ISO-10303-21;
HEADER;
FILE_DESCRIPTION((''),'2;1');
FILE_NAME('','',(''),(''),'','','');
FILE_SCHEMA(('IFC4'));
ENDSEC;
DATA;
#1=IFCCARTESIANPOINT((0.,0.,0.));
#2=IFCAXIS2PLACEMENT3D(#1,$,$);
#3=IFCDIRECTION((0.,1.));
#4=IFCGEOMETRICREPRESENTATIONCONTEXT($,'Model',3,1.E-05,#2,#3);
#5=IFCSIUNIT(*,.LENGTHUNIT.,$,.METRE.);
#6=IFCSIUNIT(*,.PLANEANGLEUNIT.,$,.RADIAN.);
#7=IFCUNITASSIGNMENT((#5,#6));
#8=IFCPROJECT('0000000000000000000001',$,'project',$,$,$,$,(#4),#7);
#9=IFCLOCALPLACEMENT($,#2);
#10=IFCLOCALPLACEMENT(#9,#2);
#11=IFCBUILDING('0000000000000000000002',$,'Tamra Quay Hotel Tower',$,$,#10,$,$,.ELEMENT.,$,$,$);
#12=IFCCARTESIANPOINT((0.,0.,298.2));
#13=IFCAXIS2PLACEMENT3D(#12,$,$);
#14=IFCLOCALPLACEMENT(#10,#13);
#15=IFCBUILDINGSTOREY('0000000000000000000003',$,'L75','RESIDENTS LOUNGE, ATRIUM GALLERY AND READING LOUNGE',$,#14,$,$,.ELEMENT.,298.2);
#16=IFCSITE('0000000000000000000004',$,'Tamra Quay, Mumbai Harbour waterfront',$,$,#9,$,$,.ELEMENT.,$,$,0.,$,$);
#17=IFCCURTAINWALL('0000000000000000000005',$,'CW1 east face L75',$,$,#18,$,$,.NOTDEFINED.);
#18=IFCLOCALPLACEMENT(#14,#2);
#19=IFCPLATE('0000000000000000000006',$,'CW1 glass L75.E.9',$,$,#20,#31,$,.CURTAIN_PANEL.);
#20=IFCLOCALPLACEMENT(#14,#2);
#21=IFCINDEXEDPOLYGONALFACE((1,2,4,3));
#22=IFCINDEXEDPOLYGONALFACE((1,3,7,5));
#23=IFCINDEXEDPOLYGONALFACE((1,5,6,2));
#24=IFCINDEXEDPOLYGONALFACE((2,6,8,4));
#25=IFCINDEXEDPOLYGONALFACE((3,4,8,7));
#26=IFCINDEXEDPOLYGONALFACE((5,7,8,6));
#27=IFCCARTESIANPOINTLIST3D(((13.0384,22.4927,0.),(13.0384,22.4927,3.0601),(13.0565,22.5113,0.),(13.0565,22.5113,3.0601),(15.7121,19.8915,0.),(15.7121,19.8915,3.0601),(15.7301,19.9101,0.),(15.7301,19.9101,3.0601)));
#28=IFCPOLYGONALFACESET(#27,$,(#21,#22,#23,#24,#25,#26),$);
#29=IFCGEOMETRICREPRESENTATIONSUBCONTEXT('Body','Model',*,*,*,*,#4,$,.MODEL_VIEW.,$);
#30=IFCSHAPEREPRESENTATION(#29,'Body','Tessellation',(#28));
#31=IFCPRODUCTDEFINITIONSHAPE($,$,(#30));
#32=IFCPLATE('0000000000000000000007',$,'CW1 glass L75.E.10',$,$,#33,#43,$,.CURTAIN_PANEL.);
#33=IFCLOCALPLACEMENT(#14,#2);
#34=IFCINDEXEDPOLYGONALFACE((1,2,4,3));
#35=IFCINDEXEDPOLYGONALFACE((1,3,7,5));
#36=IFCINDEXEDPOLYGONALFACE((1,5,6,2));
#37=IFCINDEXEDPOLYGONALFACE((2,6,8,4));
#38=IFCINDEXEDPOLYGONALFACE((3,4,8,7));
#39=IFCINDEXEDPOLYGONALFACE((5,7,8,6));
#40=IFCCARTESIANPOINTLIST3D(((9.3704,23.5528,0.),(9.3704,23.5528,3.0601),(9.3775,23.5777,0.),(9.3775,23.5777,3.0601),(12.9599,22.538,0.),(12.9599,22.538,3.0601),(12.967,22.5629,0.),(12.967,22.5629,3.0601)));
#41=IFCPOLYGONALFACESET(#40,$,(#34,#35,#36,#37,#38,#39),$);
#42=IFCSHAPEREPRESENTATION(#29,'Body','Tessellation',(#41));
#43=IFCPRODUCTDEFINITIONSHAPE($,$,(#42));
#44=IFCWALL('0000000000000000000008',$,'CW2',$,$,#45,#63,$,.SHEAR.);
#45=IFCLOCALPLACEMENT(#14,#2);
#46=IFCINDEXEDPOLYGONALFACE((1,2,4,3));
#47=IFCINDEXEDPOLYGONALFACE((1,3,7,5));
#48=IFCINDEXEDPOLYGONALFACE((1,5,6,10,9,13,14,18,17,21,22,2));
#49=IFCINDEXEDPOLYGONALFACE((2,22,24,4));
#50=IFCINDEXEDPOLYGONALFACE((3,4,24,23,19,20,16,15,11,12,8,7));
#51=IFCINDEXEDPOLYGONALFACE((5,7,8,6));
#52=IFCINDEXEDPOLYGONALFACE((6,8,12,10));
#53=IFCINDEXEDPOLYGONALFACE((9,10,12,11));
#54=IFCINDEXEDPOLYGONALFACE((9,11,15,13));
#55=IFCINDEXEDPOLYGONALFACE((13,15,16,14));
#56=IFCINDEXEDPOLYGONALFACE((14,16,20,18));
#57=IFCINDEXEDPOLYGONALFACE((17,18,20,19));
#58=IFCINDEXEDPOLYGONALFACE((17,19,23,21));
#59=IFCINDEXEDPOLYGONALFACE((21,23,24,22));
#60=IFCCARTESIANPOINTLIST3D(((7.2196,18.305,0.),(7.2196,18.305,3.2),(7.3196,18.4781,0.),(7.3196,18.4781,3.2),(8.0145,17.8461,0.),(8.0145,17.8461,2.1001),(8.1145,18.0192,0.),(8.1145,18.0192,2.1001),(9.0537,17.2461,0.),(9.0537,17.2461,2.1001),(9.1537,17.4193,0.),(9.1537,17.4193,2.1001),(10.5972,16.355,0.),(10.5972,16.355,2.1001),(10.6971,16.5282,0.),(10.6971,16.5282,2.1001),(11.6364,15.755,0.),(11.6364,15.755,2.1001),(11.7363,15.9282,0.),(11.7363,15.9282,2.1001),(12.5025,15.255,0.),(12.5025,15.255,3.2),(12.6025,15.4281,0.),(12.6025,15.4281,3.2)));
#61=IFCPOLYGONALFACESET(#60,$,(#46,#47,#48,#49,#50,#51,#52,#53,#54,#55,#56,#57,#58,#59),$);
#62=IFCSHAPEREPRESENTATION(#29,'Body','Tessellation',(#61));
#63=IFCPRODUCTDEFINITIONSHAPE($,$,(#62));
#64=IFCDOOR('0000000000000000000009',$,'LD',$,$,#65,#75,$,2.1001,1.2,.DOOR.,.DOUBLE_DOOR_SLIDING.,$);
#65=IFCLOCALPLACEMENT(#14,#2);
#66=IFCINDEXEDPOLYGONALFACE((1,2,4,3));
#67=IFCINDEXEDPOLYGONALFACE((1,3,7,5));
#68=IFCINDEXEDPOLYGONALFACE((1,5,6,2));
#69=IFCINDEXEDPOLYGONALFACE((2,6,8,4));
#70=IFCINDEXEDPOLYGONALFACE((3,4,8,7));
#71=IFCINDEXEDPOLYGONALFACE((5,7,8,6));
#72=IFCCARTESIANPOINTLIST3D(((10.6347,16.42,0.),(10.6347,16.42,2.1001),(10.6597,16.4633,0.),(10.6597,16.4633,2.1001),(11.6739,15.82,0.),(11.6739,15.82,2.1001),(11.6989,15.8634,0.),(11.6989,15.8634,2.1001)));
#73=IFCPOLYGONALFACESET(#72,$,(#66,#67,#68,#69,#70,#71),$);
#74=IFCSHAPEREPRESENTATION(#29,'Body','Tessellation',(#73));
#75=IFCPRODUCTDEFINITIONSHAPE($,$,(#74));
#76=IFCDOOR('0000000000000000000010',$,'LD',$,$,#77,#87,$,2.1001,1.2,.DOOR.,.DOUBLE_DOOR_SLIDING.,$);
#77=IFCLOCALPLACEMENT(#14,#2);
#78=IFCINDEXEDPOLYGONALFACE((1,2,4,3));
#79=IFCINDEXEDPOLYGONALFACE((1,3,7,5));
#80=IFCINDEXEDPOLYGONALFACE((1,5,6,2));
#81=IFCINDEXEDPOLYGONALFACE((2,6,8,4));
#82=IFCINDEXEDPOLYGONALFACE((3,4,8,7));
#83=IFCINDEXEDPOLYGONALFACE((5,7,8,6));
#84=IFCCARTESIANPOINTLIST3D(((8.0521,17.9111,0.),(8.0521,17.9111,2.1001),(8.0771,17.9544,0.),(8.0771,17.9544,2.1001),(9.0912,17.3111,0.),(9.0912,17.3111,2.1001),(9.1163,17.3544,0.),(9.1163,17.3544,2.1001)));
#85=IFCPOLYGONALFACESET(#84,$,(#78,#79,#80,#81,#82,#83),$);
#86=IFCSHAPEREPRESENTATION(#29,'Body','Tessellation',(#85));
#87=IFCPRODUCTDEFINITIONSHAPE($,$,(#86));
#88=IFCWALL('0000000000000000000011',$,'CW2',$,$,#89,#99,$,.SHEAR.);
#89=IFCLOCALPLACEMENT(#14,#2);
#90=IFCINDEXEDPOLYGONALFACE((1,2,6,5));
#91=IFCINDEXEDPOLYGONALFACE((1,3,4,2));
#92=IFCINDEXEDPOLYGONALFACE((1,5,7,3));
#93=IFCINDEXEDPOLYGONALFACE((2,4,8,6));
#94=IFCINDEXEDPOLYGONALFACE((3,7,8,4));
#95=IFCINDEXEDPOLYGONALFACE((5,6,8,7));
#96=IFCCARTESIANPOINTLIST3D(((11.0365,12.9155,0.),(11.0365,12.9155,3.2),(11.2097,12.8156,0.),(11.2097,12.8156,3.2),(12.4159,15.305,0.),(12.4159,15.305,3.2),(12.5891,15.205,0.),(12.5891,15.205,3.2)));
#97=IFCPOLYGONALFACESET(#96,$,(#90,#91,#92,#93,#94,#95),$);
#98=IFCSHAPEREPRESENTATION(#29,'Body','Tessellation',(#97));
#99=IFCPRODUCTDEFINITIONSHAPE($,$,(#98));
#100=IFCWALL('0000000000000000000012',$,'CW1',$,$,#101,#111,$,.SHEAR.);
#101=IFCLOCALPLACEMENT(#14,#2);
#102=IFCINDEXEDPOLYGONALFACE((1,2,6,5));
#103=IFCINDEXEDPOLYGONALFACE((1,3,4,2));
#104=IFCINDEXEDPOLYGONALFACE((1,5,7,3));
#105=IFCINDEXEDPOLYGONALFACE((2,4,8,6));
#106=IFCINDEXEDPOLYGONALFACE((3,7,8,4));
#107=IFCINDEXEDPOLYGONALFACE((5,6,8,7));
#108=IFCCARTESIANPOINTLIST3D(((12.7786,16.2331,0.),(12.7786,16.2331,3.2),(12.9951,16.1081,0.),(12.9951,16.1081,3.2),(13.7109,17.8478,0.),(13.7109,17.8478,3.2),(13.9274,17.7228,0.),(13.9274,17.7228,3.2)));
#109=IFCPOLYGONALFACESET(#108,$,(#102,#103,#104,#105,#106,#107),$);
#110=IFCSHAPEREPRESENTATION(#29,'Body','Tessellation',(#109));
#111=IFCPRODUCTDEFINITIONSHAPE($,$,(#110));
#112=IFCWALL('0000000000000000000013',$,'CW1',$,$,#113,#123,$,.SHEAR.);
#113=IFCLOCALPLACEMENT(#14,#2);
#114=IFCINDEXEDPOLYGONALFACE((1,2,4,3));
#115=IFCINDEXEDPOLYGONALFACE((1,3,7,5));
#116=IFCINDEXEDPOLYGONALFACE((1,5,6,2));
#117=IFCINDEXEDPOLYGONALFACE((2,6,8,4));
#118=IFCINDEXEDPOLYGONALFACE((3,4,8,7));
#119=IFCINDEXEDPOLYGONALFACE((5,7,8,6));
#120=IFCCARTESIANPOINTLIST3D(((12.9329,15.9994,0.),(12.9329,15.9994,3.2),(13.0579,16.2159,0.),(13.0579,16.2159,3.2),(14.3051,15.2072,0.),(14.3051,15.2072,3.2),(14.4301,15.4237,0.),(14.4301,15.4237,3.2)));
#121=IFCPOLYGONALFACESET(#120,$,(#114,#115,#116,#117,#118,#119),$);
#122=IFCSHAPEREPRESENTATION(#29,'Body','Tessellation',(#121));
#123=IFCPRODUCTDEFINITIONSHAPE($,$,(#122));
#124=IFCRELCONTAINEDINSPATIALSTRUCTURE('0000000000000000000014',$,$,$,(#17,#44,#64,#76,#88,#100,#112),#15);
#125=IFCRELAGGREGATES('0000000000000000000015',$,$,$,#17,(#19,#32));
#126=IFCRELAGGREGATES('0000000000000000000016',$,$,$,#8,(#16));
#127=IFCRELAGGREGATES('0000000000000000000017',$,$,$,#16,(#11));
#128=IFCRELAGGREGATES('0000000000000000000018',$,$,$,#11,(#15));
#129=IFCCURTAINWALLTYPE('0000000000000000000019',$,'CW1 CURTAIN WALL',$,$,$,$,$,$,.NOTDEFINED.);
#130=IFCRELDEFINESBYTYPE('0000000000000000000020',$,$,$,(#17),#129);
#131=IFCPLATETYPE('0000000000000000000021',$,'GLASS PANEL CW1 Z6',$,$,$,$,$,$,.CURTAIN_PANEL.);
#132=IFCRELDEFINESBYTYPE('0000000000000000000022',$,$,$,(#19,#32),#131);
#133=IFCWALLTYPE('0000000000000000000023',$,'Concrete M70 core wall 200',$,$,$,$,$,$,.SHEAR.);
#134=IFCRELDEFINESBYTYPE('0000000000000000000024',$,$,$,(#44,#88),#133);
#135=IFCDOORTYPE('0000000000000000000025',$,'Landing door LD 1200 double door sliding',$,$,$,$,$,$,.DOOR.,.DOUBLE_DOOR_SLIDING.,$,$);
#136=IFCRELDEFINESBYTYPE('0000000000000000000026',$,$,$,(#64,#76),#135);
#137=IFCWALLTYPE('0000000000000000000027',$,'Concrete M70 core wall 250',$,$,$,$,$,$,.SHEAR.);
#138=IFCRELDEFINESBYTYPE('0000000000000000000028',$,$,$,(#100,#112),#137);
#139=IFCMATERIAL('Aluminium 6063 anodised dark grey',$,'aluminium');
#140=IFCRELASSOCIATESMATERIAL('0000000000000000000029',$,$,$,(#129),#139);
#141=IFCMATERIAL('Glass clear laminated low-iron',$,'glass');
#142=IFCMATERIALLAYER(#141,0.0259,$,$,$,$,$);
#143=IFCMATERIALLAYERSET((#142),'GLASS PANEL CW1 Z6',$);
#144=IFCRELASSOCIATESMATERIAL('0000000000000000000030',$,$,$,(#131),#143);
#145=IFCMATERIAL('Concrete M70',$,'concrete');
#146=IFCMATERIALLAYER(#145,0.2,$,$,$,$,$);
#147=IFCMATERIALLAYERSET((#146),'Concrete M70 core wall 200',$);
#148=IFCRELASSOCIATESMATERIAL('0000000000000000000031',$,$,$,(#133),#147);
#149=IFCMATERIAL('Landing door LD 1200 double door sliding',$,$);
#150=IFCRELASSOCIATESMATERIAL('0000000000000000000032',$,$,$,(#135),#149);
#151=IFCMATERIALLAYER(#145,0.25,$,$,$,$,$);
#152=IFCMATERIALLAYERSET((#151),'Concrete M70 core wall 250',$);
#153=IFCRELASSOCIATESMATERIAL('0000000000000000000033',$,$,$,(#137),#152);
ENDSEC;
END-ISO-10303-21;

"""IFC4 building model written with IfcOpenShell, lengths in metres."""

from ifc_helpers import new_model, si_unit, direction, frame, frame_2d, origin, origin_2d, place, context, subcontext, project, spatial, rectangle, extrude, material, layer, layer_set, type_object, element, fill, aggregate, save


model = new_model("IFC4")

# Units and contexts
model_context = context("Model", 3, precision=1e-05, world=origin(), true_north=direction((0.0, 1.0)))
body_context = subcontext(model_context, "Body", "Model", "MODEL_VIEW")
ifc_project = project(units=[si_unit("LENGTHUNIT", "METRE"), si_unit("PLANEANGLEUNIT", "RADIAN")], contexts=[model_context])

# Site, building, storey
site_placement = place(None, origin())
site = spatial("IfcSite", under=ifc_project, at=site_placement, Name="Tamra Quay, Mumbai Harbour waterfront", CompositionType="ELEMENT", RefElevation=0.0)
building_placement = place(site_placement, origin())
building = spatial("IfcBuilding", under=site, at=building_placement, Name="Tamra Quay Hotel Tower", CompositionType="ELEMENT")
storey_placement = place(building_placement, frame((0.0, 0.0, 298.2)))
storey = spatial("IfcBuildingStorey", under=building, at=storey_placement, Name="L75", Description="RESIDENTS LOUNGE, ATRIUM GALLERY AND READING LOUNGE", CompositionType="ELEMENT", Elevation=298.2)

# Shared definitions
ifc_material_1 = material(Name="Concrete M70", Category="concrete")

# Curtain wall
ifc_material_2 = material(Name="Aluminium 6063 anodised dark grey", Category="aluminium")
curtain_wall_type = type_object("IfcCurtainWallType", Name="CW1 CURTAIN WALL", PredefinedType="NOTDEFINED", material=ifc_material_2)
curtain_wall_placement = place(storey_placement, origin())
curtain_wall = element("IfcCurtainWall", 1, at=curtain_wall_placement, inside=storey, type_object=curtain_wall_type, Name="CW1 east face L75", PredefinedType="NOTDEFINED")

# Plates
ifc_material_3 = material(Name="Glass clear laminated low-iron", Category="glass")
ifc_layer_1 = layer(ifc_material_3, 0.0259)
ifc_layer_set_1 = layer_set([ifc_layer_1], Name="GLASS PANEL CW1 Z6")
plate_type = type_object("IfcPlateType", Name="GLASS PANEL CW1 Z6", PredefinedType="CURTAIN_PANEL", material=ifc_layer_set_1)
plate_1_placement = place(storey_placement, frame((14.3843, 21.2014, 0.0), z_axis=(0.0, 0.0, 1.0), x_axis=(-0.716753, 0.697327, 0.0)))
plate_1 = element("IfcPlate", 2, at=plate_1_placement, type_object=plate_type, Name="CW1 glass L75.E.9", PredefinedType="CURTAIN_PANEL", context=body_context, shape_type="SweptSolid", body=[
    extrude(rectangle(XDim=3.7302, YDim=0.0259, at=origin_2d()), origin(), (0.0, 0.0, 1.0), 3.0601),
])
plate_2_placement = place(storey_placement, frame((11.1687, 23.0579, 0.0), z_axis=(0.0, 0.0, 1.0), x_axis=(-0.96228, 0.272062, 0.0)))
plate_2 = element("IfcPlate", 3, at=plate_2_placement, type_object=plate_type, Name="CW1 glass L75.E.10", PredefinedType="CURTAIN_PANEL", context=body_context, shape_type="SweptSolid", body=[
    extrude(rectangle(XDim=3.7302, YDim=0.0259, at=origin_2d()), origin(), (0.0, 0.0, 1.0), 3.0601),
])
aggregate(curtain_wall, [plate_1, plate_2])

# Wall, openings, doors
ifc_layer_2 = layer(ifc_material_1, 0.2)
ifc_layer_set_2 = layer_set([ifc_layer_2], Name="Concrete M70 core wall 200")
wall_type_1 = type_object("IfcWallType", Name="Concrete M70 core wall 200", PredefinedType="SHEAR", material=ifc_layer_set_2)
wall_1_placement = place(storey_placement, frame((12.5525, 15.3416, 0.0), z_axis=(0.0, 0.0, 1.0), x_axis=(-0.86603, 0.499992, 0.0)))
wall_1 = element("IfcWall", 4, at=wall_1_placement, inside=storey, type_object=wall_type_1, Name="CW2", PredefinedType="SHEAR", context=body_context, shape_type="SweptSolid", body=[
    extrude(rectangle(XDim=6.1001, YDim=0.2, at=frame_2d((3.05, 0.0))), origin(), (0.0, 0.0, 1.0), 3.2),
])
opening_1_placement = place(wall_1_placement, frame((1.0, 0.0, 0.0)))
opening_1 = element("IfcOpeningElement", 5, at=opening_1_placement, cuts=wall_1, PredefinedType="OPENING", context=body_context, shape_type="SweptSolid", body=[
    extrude(rectangle(XDim=1.2, YDim=2.1001, at=frame_2d((0.6001, 1.05))), frame((0.0, 0.1099, 0.0), z_axis=(0.0, -1.0, 0.0), x_axis=(1.0, 0.0, 0.0)), (0.0, 0.0, 1.0), 0.22),
])
opening_2_placement = place(wall_1_placement, frame((3.9822, 0.0, 0.0)))
opening_2 = element("IfcOpeningElement", 6, at=opening_2_placement, cuts=wall_1, PredefinedType="OPENING", context=body_context, shape_type="SweptSolid", body=[
    extrude(rectangle(XDim=1.2, YDim=2.1001, at=frame_2d((0.6001, 1.05))), frame((0.0, 0.1099, 0.0), z_axis=(0.0, -1.0, 0.0), x_axis=(1.0, 0.0, 0.0)), (0.0, 0.0, 1.0), 0.22),
])
ifc_material_4 = material(Name="Landing door LD 1200 double door sliding")
door_type = type_object("IfcDoorType", Name="Landing door LD 1200 double door sliding", OperationType="DOUBLE_DOOR_SLIDING", PredefinedType="DOOR", material=ifc_material_4)
door_1_placement = place(opening_1_placement, origin())
door_1 = element("IfcDoor", 7, at=door_1_placement, inside=storey, type_object=door_type, Name="LD", OperationType="DOUBLE_DOOR_SLIDING", OverallHeight=2.1001, OverallWidth=1.2, PredefinedType="DOOR", context=body_context, shape_type="SweptSolid", body=[
    extrude(rectangle(XDim=1.2, YDim=2.1001, at=frame_2d((0.6001, 1.05))), frame((0.0, 0.0249, 0.0), z_axis=(0.0, -1.0, 0.0), x_axis=(1.0, 0.0, 0.0)), (0.0, 0.0, 1.0), 0.05),
])
fill(opening_1, door_1)
door_2_placement = place(opening_2_placement, origin())
door_2 = element("IfcDoor", 8, at=door_2_placement, inside=storey, type_object=door_type, Name="LD", OperationType="DOUBLE_DOOR_SLIDING", OverallHeight=2.1001, OverallWidth=1.2, PredefinedType="DOOR", context=body_context, shape_type="SweptSolid", body=[
    extrude(rectangle(XDim=1.2, YDim=2.1001, at=frame_2d((0.6001, 1.05))), frame((0.0, 0.0249, 0.0), z_axis=(0.0, -1.0, 0.0), x_axis=(1.0, 0.0, 0.0)), (0.0, 0.0, 1.0), 0.05),
])
fill(opening_2, door_2)

# Walls
wall_2_placement = place(storey_placement, frame((12.5024, 15.2549, 0.0), z_axis=(0.0, 0.0, 1.0), x_axis=(-0.499965, -0.866046, 0.0)))
element("IfcWall", 9, at=wall_2_placement, inside=storey, type_object=wall_type_1, Name="CW2", PredefinedType="SHEAR", context=body_context, shape_type="SweptSolid", body=[
    extrude(rectangle(XDim=2.759, YDim=0.2, at=frame_2d((1.3794, 0.0))), origin(), (0.0, 0.0, 1.0), 3.2),
])
ifc_layer_3 = layer(ifc_material_1, 0.25)
ifc_layer_set_3 = layer_set([ifc_layer_3], Name="Concrete M70 core wall 250")
wall_type_2 = type_object("IfcWallType", Name="Concrete M70 core wall 250", PredefinedType="SHEAR", material=ifc_layer_set_3)
wall_3_placement = place(storey_placement, frame((13.8191, 17.7852, 0.0), z_axis=(0.0, 0.0, 1.0), x_axis=(-0.50004, -0.866002, 0.0)))
element("IfcWall", 10, at=wall_3_placement, inside=storey, type_object=wall_type_2, Name="CW1", PredefinedType="SHEAR", context=body_context, shape_type="SweptSolid", body=[
    extrude(rectangle(XDim=1.8645, YDim=0.25, at=frame_2d((0.9321, 0.0))), origin(), (0.0, 0.0, 1.0), 3.2),
])
wall_4_placement = place(storey_placement, frame((12.9954, 16.1077, 0.0), z_axis=(0.0, 0.0, 1.0), x_axis=(0.866044, -0.499967, 0.0)))
element("IfcWall", 11, at=wall_4_placement, inside=storey, type_object=wall_type_2, Name="CW1", PredefinedType="SHEAR", context=body_context, shape_type="SweptSolid", body=[
    extrude(rectangle(XDim=1.5845, YDim=0.25, at=frame_2d((0.7922, 0.0))), origin(), (0.0, 0.0, 1.0), 3.2),
])

save(model, "model.ifc")
